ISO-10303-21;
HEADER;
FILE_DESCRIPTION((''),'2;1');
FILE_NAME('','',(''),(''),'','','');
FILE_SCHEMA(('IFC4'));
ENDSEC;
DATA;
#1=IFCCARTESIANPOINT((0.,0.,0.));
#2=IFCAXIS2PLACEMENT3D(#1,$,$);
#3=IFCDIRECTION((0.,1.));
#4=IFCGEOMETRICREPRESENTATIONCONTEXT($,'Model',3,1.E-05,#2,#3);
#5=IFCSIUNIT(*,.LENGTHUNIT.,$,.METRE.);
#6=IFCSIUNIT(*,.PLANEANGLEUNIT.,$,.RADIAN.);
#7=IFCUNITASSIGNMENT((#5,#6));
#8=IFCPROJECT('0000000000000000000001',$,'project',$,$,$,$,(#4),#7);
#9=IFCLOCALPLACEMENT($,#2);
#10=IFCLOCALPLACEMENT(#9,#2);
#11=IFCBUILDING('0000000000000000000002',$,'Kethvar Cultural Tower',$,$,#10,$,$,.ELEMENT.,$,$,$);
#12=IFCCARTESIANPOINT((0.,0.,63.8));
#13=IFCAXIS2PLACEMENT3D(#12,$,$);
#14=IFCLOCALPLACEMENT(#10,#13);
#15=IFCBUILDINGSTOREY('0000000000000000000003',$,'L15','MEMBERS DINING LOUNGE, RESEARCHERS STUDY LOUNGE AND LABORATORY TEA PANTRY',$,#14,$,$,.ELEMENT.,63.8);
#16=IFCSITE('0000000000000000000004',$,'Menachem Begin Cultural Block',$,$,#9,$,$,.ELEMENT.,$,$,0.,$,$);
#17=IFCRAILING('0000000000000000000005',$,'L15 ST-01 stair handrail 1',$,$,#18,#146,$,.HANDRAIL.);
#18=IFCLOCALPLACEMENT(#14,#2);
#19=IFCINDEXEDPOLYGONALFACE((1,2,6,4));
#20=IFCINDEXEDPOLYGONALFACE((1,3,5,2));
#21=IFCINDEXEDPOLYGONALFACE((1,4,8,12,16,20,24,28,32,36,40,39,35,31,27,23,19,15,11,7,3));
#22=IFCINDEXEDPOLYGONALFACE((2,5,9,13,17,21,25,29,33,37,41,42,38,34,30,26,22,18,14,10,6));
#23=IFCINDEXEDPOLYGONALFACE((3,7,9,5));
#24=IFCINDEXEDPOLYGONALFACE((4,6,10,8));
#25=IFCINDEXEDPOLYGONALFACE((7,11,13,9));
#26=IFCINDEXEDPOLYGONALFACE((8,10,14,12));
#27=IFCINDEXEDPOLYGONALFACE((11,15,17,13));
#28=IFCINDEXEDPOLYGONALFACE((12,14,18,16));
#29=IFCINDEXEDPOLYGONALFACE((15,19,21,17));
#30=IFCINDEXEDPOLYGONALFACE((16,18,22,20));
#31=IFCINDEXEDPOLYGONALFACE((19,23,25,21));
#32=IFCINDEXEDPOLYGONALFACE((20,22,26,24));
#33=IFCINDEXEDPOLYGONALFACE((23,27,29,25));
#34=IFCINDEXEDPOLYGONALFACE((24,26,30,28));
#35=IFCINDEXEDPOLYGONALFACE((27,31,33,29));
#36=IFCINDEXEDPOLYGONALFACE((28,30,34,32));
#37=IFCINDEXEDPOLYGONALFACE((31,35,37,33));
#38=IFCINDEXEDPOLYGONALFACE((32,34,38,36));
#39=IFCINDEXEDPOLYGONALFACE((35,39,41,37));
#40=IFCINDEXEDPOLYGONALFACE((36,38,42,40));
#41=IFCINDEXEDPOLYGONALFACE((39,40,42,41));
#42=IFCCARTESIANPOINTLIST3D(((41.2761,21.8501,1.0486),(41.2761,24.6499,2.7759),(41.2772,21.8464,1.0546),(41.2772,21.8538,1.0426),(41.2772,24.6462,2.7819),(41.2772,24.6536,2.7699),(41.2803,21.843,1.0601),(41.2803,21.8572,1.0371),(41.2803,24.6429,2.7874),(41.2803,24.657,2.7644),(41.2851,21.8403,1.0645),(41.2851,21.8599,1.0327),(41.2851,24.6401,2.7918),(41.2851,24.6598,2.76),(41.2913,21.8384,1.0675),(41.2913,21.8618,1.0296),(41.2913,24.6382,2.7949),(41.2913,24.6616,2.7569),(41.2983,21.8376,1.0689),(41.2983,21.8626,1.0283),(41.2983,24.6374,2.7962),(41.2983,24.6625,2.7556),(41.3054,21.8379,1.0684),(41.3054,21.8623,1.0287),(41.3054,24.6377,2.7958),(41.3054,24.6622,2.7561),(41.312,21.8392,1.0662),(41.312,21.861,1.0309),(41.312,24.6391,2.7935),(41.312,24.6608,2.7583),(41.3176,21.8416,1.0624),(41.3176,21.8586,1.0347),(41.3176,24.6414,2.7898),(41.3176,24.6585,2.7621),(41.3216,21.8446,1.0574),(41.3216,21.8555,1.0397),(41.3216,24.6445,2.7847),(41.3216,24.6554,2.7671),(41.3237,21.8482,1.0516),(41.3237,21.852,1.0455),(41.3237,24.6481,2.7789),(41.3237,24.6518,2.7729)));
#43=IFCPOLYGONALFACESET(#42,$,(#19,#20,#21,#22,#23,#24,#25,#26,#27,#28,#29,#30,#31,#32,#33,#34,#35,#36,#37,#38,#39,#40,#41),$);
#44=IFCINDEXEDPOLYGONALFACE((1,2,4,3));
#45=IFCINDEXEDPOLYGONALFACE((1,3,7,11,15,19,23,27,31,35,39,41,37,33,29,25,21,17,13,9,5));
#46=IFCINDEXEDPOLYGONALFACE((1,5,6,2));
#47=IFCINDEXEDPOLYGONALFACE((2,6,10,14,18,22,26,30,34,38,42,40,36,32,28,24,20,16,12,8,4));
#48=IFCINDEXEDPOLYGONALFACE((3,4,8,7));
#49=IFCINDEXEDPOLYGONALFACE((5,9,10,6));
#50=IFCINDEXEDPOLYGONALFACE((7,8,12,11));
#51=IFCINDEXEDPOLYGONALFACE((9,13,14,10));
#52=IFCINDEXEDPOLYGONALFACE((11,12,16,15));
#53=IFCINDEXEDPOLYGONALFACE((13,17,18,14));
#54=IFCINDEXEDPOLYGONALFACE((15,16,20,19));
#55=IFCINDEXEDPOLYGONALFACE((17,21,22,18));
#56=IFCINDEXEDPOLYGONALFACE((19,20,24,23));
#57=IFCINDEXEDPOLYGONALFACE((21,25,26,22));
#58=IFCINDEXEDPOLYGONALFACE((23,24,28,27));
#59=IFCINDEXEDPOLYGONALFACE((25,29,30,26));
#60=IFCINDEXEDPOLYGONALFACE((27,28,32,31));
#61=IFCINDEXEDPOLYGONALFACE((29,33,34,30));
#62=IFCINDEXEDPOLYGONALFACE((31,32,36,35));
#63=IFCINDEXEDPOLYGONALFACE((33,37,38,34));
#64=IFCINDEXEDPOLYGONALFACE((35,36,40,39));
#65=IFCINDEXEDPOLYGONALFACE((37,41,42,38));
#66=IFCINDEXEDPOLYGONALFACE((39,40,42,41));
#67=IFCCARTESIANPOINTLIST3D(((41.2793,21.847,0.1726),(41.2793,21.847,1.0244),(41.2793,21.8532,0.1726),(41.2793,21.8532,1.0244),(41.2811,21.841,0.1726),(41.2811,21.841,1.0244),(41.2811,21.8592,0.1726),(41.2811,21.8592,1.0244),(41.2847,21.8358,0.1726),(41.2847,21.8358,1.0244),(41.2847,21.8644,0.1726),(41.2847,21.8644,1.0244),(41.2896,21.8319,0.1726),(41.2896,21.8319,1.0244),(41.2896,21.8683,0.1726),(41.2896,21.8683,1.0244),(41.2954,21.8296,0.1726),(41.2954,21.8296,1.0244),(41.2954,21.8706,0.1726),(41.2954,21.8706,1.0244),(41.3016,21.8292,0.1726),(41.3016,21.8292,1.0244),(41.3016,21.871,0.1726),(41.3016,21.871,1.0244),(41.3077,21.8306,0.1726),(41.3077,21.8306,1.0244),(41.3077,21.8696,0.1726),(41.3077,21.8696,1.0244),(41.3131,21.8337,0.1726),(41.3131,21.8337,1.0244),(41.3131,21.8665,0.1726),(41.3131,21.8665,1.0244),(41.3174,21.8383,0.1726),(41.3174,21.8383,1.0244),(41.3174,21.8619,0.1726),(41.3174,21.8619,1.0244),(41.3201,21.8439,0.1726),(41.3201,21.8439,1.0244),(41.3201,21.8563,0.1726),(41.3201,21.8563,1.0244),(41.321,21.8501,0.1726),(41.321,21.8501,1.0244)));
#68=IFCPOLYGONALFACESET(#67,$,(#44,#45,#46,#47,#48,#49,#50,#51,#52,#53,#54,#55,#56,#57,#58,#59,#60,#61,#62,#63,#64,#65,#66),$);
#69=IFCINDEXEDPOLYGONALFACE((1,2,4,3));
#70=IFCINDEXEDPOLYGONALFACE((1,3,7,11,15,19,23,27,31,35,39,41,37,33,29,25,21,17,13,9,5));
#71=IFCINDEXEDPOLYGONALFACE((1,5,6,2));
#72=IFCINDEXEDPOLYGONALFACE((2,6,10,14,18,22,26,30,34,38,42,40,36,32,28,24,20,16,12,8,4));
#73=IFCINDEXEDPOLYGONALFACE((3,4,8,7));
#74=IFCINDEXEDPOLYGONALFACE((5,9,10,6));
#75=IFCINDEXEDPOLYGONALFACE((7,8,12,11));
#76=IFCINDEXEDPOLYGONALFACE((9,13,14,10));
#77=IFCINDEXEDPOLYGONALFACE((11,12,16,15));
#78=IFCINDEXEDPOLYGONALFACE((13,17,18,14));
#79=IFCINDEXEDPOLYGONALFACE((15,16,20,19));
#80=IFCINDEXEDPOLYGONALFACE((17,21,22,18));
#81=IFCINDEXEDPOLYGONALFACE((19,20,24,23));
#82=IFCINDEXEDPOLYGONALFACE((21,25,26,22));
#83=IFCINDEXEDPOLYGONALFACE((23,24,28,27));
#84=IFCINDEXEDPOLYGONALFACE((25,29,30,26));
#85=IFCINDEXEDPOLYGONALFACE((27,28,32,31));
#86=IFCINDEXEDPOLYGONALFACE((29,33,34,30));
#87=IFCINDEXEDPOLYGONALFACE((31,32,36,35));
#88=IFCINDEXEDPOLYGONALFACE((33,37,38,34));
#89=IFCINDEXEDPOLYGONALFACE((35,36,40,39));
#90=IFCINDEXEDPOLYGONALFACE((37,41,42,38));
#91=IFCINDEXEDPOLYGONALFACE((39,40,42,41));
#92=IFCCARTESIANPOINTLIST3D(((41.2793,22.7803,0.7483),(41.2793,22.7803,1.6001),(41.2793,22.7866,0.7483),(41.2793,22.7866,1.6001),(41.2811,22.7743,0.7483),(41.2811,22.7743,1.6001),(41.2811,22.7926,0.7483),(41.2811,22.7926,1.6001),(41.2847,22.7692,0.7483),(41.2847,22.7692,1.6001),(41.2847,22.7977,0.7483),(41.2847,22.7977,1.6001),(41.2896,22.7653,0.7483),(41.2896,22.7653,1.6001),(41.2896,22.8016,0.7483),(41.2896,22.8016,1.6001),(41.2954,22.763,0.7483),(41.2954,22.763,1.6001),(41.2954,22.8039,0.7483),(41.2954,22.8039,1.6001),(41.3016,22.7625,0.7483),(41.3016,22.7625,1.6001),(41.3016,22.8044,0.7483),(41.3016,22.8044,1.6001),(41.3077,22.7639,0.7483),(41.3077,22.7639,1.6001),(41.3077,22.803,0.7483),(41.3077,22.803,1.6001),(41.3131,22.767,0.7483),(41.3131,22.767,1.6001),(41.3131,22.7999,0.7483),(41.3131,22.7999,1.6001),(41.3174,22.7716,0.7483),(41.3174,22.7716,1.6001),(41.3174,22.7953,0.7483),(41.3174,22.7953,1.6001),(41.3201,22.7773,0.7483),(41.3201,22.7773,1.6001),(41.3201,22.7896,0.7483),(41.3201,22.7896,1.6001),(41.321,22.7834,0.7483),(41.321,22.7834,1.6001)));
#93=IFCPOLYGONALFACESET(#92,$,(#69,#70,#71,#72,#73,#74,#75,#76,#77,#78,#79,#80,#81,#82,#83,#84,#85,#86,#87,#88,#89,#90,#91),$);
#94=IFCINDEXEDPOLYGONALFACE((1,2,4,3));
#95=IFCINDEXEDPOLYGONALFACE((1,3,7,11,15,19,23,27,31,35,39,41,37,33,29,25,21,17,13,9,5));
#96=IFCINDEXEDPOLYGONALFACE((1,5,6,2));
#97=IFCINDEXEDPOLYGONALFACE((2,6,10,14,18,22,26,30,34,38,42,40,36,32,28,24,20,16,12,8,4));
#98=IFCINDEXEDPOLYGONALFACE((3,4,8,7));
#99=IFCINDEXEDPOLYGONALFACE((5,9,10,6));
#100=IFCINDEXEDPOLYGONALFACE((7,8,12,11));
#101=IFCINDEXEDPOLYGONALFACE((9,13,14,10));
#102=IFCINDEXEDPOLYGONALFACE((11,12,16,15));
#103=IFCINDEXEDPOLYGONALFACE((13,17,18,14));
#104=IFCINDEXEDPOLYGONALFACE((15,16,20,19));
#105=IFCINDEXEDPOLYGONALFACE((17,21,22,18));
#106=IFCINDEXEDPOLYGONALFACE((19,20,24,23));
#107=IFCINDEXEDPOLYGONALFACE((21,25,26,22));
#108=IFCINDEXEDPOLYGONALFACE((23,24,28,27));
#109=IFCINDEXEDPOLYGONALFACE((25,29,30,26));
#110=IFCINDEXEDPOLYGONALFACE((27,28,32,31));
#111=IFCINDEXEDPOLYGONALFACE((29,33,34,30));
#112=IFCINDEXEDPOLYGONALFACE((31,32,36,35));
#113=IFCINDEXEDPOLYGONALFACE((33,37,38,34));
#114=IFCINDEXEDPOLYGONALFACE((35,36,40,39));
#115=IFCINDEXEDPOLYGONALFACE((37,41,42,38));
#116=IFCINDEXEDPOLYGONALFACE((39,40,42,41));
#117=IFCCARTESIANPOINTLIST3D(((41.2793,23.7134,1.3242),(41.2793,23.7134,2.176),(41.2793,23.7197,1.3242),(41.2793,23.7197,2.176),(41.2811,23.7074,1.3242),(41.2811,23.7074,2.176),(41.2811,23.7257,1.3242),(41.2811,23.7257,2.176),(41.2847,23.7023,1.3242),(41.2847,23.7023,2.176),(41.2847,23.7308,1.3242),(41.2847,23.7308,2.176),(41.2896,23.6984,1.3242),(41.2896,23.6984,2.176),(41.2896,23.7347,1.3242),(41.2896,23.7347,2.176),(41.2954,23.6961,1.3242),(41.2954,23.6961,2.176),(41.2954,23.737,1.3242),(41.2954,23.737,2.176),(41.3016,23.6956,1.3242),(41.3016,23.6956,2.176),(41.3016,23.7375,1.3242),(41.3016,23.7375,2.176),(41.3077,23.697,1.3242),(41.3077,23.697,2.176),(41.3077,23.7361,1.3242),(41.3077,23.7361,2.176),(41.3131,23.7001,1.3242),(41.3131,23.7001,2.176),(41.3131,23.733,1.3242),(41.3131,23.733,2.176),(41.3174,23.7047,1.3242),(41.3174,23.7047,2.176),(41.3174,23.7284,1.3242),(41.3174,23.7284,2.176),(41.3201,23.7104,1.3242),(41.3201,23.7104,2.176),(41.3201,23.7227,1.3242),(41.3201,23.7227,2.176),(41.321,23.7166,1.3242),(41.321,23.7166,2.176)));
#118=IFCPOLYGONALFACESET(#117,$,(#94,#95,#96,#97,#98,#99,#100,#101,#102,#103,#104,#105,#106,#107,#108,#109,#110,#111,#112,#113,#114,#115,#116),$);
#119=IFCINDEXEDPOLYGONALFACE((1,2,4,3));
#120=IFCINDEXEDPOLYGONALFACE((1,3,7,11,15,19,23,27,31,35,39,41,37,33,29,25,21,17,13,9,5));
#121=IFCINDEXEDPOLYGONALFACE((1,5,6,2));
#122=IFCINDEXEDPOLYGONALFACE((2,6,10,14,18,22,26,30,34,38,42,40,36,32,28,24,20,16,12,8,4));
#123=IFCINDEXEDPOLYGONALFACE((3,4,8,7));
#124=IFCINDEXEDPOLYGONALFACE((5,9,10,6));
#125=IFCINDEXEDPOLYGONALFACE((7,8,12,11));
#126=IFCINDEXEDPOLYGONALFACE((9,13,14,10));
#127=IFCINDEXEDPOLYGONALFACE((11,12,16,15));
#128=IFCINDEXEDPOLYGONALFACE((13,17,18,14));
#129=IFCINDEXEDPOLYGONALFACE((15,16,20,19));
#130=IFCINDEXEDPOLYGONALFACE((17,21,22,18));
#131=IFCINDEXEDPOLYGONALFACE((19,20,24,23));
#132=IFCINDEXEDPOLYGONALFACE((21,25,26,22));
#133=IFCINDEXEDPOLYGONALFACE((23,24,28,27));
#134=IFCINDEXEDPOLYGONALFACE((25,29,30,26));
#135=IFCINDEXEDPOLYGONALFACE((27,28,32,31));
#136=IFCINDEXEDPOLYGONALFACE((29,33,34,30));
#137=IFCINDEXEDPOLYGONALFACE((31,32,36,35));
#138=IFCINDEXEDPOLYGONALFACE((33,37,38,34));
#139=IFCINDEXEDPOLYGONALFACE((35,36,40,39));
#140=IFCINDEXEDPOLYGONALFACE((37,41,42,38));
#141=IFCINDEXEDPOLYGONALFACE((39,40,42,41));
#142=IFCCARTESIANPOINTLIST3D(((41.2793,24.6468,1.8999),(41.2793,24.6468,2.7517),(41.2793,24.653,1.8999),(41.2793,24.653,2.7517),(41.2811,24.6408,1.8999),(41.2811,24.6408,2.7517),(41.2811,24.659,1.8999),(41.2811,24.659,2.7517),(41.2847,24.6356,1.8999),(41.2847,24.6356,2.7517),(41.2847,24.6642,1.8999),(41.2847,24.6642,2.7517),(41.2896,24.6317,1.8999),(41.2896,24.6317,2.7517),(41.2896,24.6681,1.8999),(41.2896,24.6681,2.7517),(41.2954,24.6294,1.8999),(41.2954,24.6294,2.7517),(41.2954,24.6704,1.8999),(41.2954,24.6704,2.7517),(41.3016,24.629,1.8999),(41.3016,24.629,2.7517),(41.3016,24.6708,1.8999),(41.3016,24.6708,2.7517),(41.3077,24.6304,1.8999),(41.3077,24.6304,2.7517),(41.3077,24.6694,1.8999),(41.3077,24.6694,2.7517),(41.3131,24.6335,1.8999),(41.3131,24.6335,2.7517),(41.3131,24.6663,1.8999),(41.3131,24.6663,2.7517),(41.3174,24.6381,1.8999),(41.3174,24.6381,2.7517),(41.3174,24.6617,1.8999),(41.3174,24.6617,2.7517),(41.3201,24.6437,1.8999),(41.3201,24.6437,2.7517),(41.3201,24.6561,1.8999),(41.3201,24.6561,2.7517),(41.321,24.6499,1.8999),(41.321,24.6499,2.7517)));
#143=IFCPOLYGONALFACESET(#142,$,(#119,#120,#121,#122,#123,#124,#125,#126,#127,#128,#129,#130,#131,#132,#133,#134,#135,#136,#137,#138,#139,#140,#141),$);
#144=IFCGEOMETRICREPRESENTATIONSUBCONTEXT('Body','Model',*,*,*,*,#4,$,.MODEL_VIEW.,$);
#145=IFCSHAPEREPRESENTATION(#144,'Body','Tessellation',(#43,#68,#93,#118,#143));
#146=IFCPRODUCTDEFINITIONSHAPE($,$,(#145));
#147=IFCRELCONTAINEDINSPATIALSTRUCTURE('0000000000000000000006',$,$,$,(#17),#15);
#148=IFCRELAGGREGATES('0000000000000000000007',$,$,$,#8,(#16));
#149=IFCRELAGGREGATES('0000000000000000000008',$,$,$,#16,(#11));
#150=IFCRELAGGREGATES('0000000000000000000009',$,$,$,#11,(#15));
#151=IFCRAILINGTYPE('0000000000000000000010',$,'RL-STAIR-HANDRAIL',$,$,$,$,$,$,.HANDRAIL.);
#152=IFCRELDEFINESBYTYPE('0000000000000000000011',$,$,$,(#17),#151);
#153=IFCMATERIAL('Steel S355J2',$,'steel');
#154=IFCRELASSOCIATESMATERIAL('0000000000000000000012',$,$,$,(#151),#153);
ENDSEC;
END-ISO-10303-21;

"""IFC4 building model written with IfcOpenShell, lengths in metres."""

from ifc_helpers import new_model, si_unit, direction, frame, origin, origin_2d, place, context, subcontext, project, spatial, circle, extrude, material, type_object, element, save


model = new_model("IFC4")

# Units and contexts
model_context = context("Model", 3, precision=1e-05, world=origin(), true_north=direction((0.0, 1.0)))
body_context = subcontext(model_context, "Body", "Model", "MODEL_VIEW")
ifc_project = project(units=[si_unit("LENGTHUNIT", "METRE"), si_unit("PLANEANGLEUNIT", "RADIAN")], contexts=[model_context])

# Site, building, storey
site_placement = place(None, origin())
site = spatial("IfcSite", under=ifc_project, at=site_placement, Name="Menachem Begin Cultural Block", CompositionType="ELEMENT", RefElevation=0.0)
building_placement = place(site_placement, origin())
building = spatial("IfcBuilding", under=site, at=building_placement, Name="Kethvar Cultural Tower", CompositionType="ELEMENT")
storey_placement = place(building_placement, frame((0.0, 0.0, 63.8)))
storey = spatial("IfcBuildingStorey", under=building, at=storey_placement, Name="L15", Description="MEMBERS DINING LOUNGE, RESEARCHERS STUDY LOUNGE AND LABORATORY TEA PANTRY", CompositionType="ELEMENT", Elevation=63.8)

# Shared definitions
ifc_material_1 = material(Name="Steel S355J2", Category="steel")

# Railing
railing_type_1 = type_object("IfcRailingType", Name="RL-STAIR-HANDRAIL", PredefinedType="HANDRAIL", material=ifc_material_1)
railing_1_placement = place(storey_placement, frame((41.3, 21.8501, 0.1726)))
element("IfcRailing", 1, at=railing_1_placement, inside=storey, type_object=railing_type_1, Name="L15 ST-01 stair handrail 1", PredefinedType="HANDRAIL", context=body_context, shape_type="SweptSolid", body=[
    extrude(circle(Radius=0.0239, at=origin_2d()), frame((0.0, 0.0, 0.876), z_axis=(0.0, 0.851069, 0.525054), x_axis=(-1.0, 0.0, 0.0)), (0.0, 0.0, 1.0), 3.2898),
    extrude(circle(Radius=0.021, at=origin_2d()), origin(), (0.0, 0.0, 1.0), 0.8518),
    extrude(circle(Radius=0.021, at=origin_2d()), frame((0.0, 0.9333, 0.5757)), (0.0, 0.0, 1.0), 0.8518),
    extrude(circle(Radius=0.021, at=origin_2d()), frame((0.0, 1.8665, 1.1516)), (0.0, 0.0, 1.0), 0.8518),
    extrude(circle(Radius=0.021, at=origin_2d()), frame((0.0, 2.7998, 1.7273)), (0.0, 0.0, 1.0), 0.8518),
])

save(model, "model.ifc")
